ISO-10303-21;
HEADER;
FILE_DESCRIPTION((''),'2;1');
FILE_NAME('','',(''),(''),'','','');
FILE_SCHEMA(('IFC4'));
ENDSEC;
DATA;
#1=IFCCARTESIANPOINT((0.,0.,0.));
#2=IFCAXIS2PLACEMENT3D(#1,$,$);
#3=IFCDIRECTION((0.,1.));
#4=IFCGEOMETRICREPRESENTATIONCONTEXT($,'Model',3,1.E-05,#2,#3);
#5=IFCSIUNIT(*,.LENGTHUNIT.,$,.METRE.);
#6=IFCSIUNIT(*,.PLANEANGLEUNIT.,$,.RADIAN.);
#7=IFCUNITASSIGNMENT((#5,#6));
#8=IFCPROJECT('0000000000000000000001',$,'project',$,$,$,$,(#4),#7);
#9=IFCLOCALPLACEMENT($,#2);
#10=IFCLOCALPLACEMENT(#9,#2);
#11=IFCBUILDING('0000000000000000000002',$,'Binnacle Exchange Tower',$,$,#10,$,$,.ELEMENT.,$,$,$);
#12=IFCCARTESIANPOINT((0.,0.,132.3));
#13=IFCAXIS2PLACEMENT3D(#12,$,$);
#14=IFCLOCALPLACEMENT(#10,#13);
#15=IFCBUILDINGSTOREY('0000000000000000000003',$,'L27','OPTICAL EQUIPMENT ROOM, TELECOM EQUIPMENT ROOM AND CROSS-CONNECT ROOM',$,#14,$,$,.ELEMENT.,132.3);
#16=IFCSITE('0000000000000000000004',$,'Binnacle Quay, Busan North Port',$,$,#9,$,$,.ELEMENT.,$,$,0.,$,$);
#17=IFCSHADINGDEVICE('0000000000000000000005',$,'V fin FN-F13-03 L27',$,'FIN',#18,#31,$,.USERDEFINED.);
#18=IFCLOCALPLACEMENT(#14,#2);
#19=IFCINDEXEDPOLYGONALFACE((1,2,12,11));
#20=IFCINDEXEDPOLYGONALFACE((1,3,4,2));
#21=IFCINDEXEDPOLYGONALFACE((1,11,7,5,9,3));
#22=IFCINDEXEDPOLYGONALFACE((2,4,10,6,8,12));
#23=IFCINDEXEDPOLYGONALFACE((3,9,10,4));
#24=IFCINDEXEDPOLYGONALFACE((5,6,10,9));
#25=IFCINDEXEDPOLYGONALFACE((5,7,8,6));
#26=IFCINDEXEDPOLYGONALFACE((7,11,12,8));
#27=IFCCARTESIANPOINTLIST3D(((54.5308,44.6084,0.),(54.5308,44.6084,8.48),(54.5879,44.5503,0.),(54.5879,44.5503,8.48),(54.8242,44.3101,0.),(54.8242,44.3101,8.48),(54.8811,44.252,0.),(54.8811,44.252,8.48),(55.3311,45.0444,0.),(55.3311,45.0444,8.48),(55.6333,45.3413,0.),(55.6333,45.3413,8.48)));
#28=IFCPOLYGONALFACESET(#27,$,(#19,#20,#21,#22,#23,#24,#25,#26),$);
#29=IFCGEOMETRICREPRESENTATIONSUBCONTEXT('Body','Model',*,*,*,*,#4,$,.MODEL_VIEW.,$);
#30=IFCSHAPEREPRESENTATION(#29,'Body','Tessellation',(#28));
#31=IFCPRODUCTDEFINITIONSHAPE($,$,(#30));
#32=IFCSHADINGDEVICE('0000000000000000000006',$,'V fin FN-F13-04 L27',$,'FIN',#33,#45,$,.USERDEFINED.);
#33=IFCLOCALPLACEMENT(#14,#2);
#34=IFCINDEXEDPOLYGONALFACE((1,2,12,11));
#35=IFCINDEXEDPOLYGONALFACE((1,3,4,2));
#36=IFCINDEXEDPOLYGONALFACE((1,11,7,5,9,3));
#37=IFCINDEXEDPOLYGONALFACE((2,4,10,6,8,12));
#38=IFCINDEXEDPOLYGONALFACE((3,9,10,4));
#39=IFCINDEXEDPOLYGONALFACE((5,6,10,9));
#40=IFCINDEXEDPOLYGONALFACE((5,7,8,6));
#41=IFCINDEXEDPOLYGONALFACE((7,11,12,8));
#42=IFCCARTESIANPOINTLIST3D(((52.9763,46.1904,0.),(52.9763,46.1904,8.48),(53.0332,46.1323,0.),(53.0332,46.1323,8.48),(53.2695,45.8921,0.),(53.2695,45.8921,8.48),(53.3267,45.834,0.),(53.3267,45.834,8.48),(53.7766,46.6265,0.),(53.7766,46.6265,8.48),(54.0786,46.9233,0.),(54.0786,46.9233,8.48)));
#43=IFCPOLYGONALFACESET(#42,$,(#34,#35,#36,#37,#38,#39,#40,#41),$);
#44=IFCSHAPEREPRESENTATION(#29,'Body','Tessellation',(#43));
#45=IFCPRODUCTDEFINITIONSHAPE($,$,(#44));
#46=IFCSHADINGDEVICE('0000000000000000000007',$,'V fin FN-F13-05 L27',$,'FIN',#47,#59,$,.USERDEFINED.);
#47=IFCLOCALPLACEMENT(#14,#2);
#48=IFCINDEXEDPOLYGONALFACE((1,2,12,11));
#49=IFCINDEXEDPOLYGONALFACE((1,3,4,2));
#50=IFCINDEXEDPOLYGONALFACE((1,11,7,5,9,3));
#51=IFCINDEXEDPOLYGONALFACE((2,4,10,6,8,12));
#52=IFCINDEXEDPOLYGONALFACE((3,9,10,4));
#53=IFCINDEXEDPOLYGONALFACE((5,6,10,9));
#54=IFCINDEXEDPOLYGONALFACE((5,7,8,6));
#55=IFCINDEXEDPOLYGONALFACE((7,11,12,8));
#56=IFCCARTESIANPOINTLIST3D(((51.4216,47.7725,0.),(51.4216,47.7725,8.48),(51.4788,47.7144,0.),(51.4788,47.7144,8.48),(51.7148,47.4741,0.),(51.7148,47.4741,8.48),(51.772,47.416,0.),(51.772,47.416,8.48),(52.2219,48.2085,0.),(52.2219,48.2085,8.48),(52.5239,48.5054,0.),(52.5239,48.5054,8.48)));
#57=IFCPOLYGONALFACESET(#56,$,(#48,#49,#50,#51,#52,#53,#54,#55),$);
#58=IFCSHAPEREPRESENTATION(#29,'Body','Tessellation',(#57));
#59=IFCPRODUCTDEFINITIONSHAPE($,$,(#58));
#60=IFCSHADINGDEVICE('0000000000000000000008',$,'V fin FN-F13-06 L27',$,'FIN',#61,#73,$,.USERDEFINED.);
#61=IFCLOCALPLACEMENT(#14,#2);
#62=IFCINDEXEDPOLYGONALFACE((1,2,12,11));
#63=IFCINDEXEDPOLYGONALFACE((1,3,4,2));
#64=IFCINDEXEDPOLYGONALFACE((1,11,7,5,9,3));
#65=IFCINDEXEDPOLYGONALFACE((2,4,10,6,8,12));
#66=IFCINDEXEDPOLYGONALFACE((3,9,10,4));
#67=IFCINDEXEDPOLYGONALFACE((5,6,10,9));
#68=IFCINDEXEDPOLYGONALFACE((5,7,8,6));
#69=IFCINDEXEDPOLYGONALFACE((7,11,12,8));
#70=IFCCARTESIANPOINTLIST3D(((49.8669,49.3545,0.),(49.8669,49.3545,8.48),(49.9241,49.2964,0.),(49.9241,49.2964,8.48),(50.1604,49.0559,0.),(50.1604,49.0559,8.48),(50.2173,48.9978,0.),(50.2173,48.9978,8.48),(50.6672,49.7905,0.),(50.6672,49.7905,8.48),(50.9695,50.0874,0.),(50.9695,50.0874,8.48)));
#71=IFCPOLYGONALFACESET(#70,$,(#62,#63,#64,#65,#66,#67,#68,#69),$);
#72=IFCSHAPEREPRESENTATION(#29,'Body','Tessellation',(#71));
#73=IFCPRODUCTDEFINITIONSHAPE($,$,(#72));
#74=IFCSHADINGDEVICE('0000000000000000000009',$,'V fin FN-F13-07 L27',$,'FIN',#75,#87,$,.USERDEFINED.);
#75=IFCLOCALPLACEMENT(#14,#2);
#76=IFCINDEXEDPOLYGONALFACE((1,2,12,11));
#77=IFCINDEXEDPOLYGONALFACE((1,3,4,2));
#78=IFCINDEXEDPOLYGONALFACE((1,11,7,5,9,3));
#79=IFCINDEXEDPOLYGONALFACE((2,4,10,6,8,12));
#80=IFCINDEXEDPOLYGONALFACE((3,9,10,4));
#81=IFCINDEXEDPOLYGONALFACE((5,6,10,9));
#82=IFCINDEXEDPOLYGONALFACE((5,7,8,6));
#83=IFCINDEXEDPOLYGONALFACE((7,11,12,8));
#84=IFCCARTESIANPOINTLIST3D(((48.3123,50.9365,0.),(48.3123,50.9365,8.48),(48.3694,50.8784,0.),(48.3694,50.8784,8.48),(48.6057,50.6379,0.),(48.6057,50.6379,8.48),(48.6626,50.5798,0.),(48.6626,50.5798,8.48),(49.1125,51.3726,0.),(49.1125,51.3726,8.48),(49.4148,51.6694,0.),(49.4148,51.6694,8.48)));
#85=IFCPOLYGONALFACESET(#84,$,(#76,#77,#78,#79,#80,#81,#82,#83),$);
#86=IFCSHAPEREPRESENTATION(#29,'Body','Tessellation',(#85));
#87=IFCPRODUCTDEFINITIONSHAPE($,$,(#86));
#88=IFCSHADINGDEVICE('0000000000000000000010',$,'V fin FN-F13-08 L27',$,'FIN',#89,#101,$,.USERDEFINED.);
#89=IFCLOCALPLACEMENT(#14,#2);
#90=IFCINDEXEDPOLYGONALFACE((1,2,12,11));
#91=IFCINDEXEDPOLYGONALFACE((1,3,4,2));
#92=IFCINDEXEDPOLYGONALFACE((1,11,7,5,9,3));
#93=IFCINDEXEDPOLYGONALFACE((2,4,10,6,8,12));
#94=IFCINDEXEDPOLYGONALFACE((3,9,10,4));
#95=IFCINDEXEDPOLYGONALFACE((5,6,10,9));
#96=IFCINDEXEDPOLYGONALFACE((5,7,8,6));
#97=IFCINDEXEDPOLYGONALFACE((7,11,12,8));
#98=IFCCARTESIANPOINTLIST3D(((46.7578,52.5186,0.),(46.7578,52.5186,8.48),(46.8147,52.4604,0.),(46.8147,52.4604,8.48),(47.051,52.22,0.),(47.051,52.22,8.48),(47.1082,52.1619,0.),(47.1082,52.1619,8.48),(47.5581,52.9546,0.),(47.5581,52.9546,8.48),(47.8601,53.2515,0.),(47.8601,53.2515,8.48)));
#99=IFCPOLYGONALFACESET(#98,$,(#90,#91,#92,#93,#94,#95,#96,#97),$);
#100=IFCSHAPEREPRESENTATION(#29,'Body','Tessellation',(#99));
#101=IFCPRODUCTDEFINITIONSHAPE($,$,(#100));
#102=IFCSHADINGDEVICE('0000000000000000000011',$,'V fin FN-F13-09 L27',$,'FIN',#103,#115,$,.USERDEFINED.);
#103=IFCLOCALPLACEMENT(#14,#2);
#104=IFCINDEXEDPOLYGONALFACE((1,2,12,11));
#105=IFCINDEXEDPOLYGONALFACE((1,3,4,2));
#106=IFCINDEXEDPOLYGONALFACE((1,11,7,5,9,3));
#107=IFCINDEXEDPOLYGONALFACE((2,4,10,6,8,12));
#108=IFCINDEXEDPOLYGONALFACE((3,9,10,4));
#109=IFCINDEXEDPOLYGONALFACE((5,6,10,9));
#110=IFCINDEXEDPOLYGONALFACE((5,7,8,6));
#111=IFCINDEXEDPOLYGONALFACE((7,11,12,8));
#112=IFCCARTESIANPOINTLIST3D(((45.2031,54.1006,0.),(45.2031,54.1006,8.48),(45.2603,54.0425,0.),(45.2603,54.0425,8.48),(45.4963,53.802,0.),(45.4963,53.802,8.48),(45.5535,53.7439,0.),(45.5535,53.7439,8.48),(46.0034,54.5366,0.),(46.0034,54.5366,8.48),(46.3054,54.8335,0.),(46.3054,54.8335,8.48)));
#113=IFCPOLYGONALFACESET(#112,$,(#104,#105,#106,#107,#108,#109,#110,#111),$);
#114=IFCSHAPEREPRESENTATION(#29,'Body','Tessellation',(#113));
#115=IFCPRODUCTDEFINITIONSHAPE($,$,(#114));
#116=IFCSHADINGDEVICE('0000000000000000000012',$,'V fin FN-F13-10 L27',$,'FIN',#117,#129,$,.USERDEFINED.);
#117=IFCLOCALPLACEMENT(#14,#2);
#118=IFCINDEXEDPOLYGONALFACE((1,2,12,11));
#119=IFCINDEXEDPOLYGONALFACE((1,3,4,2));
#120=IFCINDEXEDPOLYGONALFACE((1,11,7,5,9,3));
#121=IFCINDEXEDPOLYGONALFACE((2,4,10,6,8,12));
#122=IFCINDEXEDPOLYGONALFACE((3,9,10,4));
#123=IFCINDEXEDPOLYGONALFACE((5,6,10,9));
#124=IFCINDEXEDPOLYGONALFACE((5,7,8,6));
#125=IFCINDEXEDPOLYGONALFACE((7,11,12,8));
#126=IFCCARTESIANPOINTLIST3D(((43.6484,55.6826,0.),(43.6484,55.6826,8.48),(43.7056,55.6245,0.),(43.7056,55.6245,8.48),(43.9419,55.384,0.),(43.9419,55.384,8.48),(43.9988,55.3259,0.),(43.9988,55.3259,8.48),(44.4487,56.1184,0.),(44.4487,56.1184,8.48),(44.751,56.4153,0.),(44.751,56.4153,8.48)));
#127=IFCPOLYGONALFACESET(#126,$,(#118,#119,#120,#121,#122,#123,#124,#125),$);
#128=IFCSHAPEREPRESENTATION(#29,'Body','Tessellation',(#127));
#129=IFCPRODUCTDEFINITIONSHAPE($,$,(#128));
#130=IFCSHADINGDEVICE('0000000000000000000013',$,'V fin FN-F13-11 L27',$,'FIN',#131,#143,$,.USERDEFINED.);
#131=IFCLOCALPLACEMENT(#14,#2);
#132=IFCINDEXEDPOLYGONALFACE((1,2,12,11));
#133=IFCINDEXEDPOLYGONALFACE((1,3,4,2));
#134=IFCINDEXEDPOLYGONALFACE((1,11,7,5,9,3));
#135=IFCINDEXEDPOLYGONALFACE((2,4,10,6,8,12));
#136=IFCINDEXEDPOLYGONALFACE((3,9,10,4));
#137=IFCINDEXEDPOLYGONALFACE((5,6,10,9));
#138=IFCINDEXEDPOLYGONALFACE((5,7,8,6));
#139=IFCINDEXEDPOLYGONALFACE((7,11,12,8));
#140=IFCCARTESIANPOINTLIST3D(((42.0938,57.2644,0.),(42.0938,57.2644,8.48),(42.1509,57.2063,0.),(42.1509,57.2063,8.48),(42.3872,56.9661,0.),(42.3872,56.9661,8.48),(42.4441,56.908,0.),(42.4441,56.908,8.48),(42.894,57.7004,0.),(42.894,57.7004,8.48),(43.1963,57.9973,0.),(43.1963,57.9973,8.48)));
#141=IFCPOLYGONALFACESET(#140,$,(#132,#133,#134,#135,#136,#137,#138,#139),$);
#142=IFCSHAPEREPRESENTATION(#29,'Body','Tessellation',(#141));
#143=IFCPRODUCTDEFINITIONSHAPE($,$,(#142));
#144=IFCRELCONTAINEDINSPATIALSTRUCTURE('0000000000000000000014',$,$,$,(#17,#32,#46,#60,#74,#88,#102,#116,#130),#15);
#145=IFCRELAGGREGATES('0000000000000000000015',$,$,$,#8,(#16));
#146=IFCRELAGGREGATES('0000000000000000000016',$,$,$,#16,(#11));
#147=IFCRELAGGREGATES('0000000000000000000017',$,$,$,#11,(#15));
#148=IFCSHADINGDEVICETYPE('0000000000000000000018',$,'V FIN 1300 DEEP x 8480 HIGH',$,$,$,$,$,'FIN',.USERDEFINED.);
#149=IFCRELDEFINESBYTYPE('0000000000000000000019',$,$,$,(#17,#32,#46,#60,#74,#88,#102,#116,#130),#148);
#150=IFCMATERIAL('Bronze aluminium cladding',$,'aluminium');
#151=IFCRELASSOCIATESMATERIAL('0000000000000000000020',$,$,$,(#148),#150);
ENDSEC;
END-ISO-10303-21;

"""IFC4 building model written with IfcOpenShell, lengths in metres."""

from ifc_helpers import new_model, si_unit, direction, frame, origin, place, context, subcontext, project, spatial, polyline, outline, extrude, material, type_object, element, save


model = new_model("IFC4")

# Units and contexts
model_context = context("Model", 3, precision=1e-05, world=origin(), true_north=direction((0.0, 1.0)))
body_context = subcontext(model_context, "Body", "Model", "MODEL_VIEW")
ifc_project = project(units=[si_unit("LENGTHUNIT", "METRE"), si_unit("PLANEANGLEUNIT", "RADIAN")], contexts=[model_context])

# Site, building, storey
site_placement = place(None, origin())
site = spatial("IfcSite", under=ifc_project, at=site_placement, Name="Binnacle Quay, Busan North Port", CompositionType="ELEMENT", RefElevation=0.0)
building_placement = place(site_placement, origin())
building = spatial("IfcBuilding", under=site, at=building_placement, Name="Binnacle Exchange Tower", CompositionType="ELEMENT")
storey_placement = place(building_placement, frame((0.0, 0.0, 132.3)))
storey = spatial("IfcBuildingStorey", under=building, at=storey_placement, Name="L27", Description="OPTICAL EQUIPMENT ROOM, TELECOM EQUIPMENT ROOM AND CROSS-CONNECT ROOM", CompositionType="ELEMENT", Elevation=132.3)

# Shading devices
ifc_material_1 = material(Name="Bronze aluminium cladding", Category="aluminium")
shading_device_type = type_object("IfcShadingDeviceType", Name="V FIN 1300 DEEP x 8480 HIGH", ElementType="FIN", PredefinedType="USERDEFINED", material=ifc_material_1)
shading_device_1_placement = place(storey_placement, origin())
element("IfcShadingDevice", 1, at=shading_device_1_placement, inside=storey, type_object=shading_device_type, Name="V fin FN-F13-03 L27", ObjectType="FIN", PredefinedType="USERDEFINED", context=body_context, shape_type="SweptSolid", body=[
    extrude(outline(polyline([(54.8811, 44.252), (55.6333, 45.3413), (54.5308, 44.6084), (54.5879, 44.5503), (55.3311, 45.0444), (54.8242, 44.3101), (54.8811, 44.252)])), origin(), (0.0, 0.0, 1.0), 8.48),
])
shading_device_2_placement = place(storey_placement, origin())
element("IfcShadingDevice", 2, at=shading_device_2_placement, inside=storey, type_object=shading_device_type, Name="V fin FN-F13-04 L27", ObjectType="FIN", PredefinedType="USERDEFINED", context=body_context, shape_type="SweptSolid", body=[
    extrude(outline(polyline([(53.3267, 45.834), (54.0786, 46.9233), (52.9763, 46.1904), (53.0332, 46.1323), (53.7766, 46.6265), (53.2695, 45.8921), (53.3267, 45.834)])), origin(), (0.0, 0.0, 1.0), 8.48),
])
shading_device_3_placement = place(storey_placement, origin())
element("IfcShadingDevice", 3, at=shading_device_3_placement, inside=storey, type_object=shading_device_type, Name="V fin FN-F13-05 L27", ObjectType="FIN", PredefinedType="USERDEFINED", context=body_context, shape_type="SweptSolid", body=[
    extrude(outline(polyline([(51.772, 47.416), (52.5239, 48.5054), (51.4216, 47.7725), (51.4788, 47.7144), (52.2219, 48.2085), (51.7148, 47.4741), (51.772, 47.416)])), origin(), (0.0, 0.0, 1.0), 8.48),
])
shading_device_4_placement = place(storey_placement, origin())
element("IfcShadingDevice", 4, at=shading_device_4_placement, inside=storey, type_object=shading_device_type, Name="V fin FN-F13-06 L27", ObjectType="FIN", PredefinedType="USERDEFINED", context=body_context, shape_type="SweptSolid", body=[
    extrude(outline(polyline([(50.2173, 48.9978), (50.9695, 50.0874), (49.8669, 49.3545), (49.9241, 49.2964), (50.6672, 49.7905), (50.1604, 49.0559), (50.2173, 48.9978)])), origin(), (0.0, 0.0, 1.0), 8.48),
])
shading_device_5_placement = place(storey_placement, origin())
element("IfcShadingDevice", 5, at=shading_device_5_placement, inside=storey, type_object=shading_device_type, Name="V fin FN-F13-07 L27", ObjectType="FIN", PredefinedType="USERDEFINED", context=body_context, shape_type="SweptSolid", body=[
    extrude(outline(polyline([(48.6626, 50.5798), (49.4148, 51.6694), (48.3123, 50.9365), (48.3694, 50.8784), (49.1125, 51.3726), (48.6057, 50.6379), (48.6626, 50.5798)])), origin(), (0.0, 0.0, 1.0), 8.48),
])
shading_device_6_placement = place(storey_placement, origin())
element("IfcShadingDevice", 6, at=shading_device_6_placement, inside=storey, type_object=shading_device_type, Name="V fin FN-F13-08 L27", ObjectType="FIN", PredefinedType="USERDEFINED", context=body_context, shape_type="SweptSolid", body=[
    extrude(outline(polyline([(47.1082, 52.1619), (47.8601, 53.2515), (46.7578, 52.5186), (46.8147, 52.4604), (47.5581, 52.9546), (47.051, 52.22), (47.1082, 52.1619)])), origin(), (0.0, 0.0, 1.0), 8.48),
])
shading_device_7_placement = place(storey_placement, origin())
element("IfcShadingDevice", 7, at=shading_device_7_placement, inside=storey, type_object=shading_device_type, Name="V fin FN-F13-09 L27", ObjectType="FIN", PredefinedType="USERDEFINED", context=body_context, shape_type="SweptSolid", body=[
    extrude(outline(polyline([(45.5535, 53.7439), (46.3054, 54.8335), (45.2031, 54.1006), (45.2603, 54.0425), (46.0034, 54.5366), (45.4963, 53.802), (45.5535, 53.7439)])), origin(), (0.0, 0.0, 1.0), 8.48),
])
shading_device_8_placement = place(storey_placement, origin())
element("IfcShadingDevice", 8, at=shading_device_8_placement, inside=storey, type_object=shading_device_type, Name="V fin FN-F13-10 L27", ObjectType="FIN", PredefinedType="USERDEFINED", context=body_context, shape_type="SweptSolid", body=[
    extrude(outline(polyline([(43.9988, 55.3259), (44.751, 56.4153), (43.6484, 55.6826), (43.7056, 55.6245), (44.4487, 56.1184), (43.9419, 55.384), (43.9988, 55.3259)])), origin(), (0.0, 0.0, 1.0), 8.48),
])
shading_device_9_placement = place(storey_placement, origin())
element("IfcShadingDevice", 9, at=shading_device_9_placement, inside=storey, type_object=shading_device_type, Name="V fin FN-F13-11 L27", ObjectType="FIN", PredefinedType="USERDEFINED", context=body_context, shape_type="SweptSolid", body=[
    extrude(outline(polyline([(42.4441, 56.908), (43.1963, 57.9973), (42.0938, 57.2644), (42.1509, 57.2063), (42.894, 57.7004), (42.3872, 56.9661), (42.4441, 56.908)])), origin(), (0.0, 0.0, 1.0), 8.48),
])

save(model, "model.ifc")
